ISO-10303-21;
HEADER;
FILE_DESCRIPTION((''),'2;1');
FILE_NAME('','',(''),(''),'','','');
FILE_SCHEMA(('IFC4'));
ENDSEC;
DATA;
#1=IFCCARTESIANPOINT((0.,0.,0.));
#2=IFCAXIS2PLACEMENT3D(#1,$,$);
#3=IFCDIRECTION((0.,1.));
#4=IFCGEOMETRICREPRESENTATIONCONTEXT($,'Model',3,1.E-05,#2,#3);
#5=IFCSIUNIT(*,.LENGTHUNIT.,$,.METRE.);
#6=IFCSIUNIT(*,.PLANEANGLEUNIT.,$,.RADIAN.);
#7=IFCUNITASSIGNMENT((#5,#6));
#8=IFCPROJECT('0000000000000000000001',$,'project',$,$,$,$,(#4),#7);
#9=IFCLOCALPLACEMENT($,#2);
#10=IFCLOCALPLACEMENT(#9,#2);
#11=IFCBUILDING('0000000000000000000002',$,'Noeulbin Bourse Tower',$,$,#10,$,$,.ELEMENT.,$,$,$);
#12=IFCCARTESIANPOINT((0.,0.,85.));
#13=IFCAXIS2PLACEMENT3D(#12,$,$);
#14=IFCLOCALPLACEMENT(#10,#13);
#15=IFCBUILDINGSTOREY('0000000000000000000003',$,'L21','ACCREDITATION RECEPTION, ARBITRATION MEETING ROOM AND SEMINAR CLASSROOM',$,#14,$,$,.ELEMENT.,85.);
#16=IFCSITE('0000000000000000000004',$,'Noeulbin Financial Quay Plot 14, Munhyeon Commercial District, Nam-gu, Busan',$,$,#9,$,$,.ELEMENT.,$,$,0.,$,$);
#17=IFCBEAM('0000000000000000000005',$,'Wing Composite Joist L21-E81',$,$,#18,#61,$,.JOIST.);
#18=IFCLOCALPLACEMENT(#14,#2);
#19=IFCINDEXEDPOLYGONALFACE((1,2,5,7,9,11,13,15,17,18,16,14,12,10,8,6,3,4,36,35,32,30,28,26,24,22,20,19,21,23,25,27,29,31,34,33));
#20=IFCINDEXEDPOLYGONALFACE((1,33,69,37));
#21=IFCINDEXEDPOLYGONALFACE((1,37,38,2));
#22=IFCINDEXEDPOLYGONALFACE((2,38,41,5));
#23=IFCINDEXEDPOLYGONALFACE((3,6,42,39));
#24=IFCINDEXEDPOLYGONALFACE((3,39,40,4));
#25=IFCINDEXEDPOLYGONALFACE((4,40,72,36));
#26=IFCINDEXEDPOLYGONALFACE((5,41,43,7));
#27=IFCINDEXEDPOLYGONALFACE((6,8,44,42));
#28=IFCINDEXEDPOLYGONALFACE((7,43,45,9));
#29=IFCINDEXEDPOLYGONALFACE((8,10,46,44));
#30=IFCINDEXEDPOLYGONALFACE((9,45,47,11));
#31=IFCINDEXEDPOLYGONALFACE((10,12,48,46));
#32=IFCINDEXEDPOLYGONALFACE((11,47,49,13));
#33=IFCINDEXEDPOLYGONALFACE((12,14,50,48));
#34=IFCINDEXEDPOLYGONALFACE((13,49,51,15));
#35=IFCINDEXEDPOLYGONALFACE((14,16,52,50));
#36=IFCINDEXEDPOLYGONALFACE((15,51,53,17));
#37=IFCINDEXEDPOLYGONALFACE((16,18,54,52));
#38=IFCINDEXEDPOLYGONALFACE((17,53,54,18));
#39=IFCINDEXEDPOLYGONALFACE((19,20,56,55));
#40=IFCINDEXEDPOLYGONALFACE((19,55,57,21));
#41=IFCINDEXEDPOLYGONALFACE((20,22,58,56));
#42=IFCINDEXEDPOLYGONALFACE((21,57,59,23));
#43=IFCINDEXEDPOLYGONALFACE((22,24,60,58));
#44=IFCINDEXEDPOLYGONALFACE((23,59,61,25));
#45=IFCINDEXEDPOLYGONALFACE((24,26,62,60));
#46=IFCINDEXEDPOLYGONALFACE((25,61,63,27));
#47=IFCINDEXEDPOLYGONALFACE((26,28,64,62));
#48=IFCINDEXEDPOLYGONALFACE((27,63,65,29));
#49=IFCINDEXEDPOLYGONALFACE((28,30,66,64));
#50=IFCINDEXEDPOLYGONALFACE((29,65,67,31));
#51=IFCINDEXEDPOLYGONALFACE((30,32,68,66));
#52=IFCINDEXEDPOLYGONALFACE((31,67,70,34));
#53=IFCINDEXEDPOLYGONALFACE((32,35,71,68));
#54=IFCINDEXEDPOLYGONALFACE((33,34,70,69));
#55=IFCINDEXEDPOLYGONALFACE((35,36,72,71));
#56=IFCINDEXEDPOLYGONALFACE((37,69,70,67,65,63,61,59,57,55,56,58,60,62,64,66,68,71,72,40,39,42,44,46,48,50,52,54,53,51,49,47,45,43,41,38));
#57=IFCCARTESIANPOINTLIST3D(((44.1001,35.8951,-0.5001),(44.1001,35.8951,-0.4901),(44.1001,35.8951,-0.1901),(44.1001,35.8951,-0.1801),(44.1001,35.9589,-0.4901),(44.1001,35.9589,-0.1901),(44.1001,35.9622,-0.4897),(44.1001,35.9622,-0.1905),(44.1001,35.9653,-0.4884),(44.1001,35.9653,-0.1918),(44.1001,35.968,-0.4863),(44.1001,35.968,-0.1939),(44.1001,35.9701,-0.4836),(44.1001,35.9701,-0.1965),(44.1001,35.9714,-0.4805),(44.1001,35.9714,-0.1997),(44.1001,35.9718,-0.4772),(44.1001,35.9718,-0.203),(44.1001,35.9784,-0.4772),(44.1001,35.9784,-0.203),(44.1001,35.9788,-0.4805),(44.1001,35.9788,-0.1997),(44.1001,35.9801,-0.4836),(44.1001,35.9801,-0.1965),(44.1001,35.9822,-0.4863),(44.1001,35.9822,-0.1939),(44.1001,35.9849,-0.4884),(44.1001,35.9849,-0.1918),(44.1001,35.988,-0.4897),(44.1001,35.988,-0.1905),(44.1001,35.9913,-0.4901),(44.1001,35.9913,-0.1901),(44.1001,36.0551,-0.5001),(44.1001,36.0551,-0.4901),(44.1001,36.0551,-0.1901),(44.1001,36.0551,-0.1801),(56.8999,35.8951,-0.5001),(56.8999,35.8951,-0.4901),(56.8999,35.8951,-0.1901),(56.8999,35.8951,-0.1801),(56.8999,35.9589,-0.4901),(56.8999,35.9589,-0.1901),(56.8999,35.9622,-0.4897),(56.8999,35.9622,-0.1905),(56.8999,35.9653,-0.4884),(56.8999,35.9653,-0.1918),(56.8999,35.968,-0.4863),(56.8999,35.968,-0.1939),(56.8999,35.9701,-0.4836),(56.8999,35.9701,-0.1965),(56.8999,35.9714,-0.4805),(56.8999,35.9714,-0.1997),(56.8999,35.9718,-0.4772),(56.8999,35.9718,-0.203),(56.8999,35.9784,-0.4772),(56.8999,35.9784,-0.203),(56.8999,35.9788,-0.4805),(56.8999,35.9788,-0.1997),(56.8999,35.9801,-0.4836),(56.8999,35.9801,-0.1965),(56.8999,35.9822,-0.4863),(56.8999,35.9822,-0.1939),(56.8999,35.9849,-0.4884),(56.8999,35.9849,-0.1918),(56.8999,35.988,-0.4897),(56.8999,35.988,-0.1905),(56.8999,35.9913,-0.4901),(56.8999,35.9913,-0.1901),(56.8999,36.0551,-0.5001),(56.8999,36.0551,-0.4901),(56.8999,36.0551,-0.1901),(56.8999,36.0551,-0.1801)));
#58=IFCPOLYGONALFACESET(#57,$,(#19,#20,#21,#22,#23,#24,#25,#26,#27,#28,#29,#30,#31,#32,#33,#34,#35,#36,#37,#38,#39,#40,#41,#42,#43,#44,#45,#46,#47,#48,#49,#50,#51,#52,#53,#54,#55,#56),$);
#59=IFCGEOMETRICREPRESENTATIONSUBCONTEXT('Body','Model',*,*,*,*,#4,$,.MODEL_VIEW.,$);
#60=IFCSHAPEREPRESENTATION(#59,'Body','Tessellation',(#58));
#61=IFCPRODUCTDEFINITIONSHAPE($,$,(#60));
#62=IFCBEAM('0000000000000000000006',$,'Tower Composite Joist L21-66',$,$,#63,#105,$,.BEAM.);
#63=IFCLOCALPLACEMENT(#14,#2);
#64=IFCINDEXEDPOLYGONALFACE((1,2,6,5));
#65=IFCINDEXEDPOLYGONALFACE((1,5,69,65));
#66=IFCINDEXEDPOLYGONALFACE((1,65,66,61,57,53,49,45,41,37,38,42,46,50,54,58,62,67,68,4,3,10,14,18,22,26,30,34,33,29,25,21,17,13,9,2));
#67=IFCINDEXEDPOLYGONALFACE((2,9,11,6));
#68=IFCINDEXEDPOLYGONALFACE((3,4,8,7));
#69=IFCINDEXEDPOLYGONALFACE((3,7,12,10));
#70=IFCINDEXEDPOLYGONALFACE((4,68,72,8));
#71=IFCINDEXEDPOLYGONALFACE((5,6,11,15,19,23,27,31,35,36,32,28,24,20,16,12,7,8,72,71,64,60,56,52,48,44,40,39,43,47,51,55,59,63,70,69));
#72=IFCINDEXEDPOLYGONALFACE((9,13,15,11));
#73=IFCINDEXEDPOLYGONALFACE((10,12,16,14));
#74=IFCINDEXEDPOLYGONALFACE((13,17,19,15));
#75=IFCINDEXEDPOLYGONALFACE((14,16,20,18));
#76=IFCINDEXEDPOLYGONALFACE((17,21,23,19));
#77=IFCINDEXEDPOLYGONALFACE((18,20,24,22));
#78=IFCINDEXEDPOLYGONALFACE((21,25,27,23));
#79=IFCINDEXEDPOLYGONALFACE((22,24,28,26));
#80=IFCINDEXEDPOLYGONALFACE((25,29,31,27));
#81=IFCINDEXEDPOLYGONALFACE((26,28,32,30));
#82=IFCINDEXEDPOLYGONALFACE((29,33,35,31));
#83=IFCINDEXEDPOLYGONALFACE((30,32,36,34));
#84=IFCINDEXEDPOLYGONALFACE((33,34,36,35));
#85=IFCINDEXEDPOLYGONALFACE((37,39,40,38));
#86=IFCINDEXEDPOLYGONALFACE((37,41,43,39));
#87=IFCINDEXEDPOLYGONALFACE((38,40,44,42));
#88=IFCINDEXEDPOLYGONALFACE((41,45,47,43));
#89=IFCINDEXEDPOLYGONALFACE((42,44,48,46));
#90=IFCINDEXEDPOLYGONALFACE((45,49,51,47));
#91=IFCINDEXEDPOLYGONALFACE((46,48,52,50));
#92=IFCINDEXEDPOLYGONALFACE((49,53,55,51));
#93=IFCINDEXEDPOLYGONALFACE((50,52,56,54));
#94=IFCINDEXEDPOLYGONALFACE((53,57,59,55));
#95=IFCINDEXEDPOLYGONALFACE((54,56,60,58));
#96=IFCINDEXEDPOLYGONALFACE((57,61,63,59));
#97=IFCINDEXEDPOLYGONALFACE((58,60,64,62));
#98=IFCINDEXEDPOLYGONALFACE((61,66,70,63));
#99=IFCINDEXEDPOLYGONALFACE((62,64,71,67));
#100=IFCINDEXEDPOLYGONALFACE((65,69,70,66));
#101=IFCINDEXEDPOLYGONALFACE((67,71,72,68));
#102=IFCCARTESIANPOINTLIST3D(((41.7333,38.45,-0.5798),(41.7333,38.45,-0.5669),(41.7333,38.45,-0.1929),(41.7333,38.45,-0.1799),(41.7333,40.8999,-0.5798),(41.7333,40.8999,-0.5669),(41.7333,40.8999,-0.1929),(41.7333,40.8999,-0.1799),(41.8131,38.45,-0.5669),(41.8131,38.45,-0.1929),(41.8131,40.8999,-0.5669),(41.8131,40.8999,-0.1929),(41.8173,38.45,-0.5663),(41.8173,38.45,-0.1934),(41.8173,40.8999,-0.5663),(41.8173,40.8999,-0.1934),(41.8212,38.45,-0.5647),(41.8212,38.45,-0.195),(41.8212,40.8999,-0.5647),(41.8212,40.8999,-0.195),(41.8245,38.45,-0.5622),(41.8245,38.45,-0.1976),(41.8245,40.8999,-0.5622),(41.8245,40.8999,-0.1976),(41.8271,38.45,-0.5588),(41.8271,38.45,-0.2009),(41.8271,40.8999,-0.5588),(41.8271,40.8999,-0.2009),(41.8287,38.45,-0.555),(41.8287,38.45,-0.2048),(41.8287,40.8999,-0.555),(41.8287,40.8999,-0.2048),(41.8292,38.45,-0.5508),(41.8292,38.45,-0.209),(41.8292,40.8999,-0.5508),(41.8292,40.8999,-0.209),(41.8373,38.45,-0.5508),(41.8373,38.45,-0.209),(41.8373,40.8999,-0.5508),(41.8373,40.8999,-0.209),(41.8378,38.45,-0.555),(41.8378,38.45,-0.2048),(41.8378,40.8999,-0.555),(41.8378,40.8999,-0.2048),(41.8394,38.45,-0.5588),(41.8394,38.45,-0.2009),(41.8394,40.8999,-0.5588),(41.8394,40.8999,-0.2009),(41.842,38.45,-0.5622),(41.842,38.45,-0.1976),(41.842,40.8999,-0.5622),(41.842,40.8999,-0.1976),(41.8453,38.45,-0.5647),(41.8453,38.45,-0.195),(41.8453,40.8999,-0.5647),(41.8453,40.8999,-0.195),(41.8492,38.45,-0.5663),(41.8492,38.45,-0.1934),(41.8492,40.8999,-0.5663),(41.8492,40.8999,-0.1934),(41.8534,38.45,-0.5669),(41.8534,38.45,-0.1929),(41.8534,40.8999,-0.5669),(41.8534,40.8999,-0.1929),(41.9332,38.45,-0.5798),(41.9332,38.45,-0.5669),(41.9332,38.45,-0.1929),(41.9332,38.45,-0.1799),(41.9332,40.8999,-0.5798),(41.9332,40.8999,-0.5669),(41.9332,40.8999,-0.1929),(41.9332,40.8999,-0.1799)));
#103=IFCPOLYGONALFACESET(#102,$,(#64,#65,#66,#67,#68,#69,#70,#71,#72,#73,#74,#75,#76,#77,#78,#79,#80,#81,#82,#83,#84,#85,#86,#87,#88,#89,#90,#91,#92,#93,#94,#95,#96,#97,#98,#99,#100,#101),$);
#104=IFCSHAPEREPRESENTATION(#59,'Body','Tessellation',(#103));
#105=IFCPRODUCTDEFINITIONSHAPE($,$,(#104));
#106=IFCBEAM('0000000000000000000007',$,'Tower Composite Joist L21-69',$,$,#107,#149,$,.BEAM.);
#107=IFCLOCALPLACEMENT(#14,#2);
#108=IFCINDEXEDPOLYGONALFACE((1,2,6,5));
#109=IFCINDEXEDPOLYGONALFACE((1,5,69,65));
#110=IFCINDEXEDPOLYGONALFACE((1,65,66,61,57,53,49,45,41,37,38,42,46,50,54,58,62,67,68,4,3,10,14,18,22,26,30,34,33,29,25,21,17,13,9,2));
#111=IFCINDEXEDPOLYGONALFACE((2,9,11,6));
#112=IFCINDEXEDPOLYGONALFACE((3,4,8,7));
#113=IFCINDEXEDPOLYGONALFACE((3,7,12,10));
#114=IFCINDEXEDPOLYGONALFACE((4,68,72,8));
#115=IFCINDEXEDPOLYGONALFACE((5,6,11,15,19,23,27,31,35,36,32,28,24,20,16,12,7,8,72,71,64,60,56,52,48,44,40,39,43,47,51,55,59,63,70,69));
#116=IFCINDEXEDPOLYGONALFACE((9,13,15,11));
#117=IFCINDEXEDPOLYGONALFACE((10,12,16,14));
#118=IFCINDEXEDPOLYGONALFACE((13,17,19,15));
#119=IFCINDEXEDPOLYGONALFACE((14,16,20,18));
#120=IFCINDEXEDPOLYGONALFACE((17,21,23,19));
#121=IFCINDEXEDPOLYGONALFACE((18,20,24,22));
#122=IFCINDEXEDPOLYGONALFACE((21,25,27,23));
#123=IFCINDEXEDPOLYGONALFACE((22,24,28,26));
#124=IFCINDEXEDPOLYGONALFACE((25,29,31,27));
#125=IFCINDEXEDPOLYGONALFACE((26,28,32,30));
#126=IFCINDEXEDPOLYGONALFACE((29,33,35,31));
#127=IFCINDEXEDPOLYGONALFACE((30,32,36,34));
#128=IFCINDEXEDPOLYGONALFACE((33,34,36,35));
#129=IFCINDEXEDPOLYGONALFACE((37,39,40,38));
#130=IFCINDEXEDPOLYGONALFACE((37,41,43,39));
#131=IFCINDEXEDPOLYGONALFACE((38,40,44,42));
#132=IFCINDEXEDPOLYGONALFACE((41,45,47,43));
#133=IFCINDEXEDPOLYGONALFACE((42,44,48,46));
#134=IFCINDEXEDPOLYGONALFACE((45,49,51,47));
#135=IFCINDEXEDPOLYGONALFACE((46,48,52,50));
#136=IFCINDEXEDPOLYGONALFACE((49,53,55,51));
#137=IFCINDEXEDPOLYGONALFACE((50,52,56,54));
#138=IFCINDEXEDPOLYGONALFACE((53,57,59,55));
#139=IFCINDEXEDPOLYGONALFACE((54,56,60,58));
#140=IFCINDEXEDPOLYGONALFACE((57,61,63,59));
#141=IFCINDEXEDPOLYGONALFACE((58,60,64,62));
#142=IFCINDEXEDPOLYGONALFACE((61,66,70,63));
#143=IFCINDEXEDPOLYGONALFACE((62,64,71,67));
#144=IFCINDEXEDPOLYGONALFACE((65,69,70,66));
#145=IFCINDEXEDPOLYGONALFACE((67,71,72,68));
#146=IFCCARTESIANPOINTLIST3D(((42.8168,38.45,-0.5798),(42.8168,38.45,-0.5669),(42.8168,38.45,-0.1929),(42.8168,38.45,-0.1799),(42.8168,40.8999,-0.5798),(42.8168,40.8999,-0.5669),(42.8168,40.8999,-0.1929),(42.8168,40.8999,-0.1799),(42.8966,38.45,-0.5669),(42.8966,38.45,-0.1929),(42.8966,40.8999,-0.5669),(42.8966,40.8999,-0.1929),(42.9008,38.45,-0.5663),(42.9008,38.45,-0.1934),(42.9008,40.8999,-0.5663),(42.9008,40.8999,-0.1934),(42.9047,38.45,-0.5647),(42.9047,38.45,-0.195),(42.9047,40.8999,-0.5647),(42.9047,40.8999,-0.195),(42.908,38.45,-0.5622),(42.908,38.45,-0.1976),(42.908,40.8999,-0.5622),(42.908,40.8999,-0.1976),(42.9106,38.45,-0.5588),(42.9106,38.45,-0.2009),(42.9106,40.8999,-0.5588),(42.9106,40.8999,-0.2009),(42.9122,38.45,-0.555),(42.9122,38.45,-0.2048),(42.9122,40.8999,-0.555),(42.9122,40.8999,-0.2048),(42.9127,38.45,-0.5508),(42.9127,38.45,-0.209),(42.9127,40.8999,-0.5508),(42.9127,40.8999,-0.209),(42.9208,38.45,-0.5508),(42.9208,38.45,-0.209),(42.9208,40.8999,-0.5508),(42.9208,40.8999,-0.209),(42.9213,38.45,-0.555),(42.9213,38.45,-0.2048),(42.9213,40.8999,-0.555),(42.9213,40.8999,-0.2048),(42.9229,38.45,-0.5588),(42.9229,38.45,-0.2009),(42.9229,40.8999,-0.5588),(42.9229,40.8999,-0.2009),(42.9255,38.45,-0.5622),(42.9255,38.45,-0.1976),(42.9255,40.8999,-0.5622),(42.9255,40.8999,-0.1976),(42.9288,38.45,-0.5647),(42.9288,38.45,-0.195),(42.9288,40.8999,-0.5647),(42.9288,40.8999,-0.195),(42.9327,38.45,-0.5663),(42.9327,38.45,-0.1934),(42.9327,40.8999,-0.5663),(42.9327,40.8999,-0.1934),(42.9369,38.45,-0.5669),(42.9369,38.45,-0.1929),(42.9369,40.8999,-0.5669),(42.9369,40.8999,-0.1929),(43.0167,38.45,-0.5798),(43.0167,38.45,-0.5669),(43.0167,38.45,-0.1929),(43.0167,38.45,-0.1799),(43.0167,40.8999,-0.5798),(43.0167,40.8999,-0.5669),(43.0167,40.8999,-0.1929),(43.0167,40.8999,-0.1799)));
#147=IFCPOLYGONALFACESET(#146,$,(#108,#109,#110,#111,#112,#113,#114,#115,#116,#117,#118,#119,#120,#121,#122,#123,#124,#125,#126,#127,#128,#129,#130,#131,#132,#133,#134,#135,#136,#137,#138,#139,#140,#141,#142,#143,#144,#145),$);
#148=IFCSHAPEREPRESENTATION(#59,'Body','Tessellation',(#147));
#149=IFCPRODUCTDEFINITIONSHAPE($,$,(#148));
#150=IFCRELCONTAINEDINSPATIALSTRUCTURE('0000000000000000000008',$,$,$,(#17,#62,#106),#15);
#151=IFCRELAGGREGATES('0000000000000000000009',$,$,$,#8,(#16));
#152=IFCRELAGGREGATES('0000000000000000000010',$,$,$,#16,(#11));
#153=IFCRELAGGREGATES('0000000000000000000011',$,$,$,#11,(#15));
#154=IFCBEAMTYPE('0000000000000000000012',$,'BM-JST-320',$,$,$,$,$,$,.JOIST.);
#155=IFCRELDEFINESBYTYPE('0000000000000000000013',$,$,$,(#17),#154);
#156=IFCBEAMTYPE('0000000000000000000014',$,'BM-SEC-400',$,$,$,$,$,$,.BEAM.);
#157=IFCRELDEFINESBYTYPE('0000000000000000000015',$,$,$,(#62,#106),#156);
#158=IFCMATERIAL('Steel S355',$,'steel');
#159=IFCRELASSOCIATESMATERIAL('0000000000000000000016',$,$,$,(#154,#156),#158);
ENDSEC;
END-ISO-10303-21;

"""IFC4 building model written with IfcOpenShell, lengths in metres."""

from ifc_helpers import new_model, si_unit, direction, frame, origin, origin_2d, place, context, subcontext, project, spatial, i_section, extrude, material, material_profile, profile_set, type_object, element, save


model = new_model("IFC4")

# Units and contexts
model_context = context("Model", 3, precision=1e-05, world=origin(), true_north=direction((0.0, 1.0)))
body_context = subcontext(model_context, "Body", "Model", "MODEL_VIEW")
ifc_project = project(units=[si_unit("LENGTHUNIT", "METRE"), si_unit("PLANEANGLEUNIT", "RADIAN")], contexts=[model_context])

# Site, building, storey
site_placement = place(None, origin())
site = spatial("IfcSite", under=ifc_project, at=site_placement, Name="Noeulbin Financial Quay Plot 14, Munhyeon Commercial District, Nam-gu, Busan", CompositionType="ELEMENT", RefElevation=0.0)
building_placement = place(site_placement, origin())
building = spatial("IfcBuilding", under=site, at=building_placement, Name="Noeulbin Bourse Tower", CompositionType="ELEMENT")
storey_placement = place(building_placement, frame((0.0, 0.0, 85.0)))
storey = spatial("IfcBuildingStorey", under=building, at=storey_placement, Name="L21", Description="ACCREDITATION RECEPTION, ARBITRATION MEETING ROOM AND SEMINAR CLASSROOM", CompositionType="ELEMENT", Elevation=85.0)

# Beams
ifc_material_1 = material(Name="Steel S355", Category="steel")
ifc_material_profile_1 = material_profile(ifc_material_1, i_section(OverallWidth=0.1599, OverallDepth=0.3201, WebThickness=0.0066, FlangeThickness=0.01, FilletRadius=0.0129, at=origin_2d()), Name="H-320x160x6.5x10", Category="LoadBearing")
ifc_profile_set_1 = profile_set([ifc_material_profile_1], Name="Steel S355")
beam_type_1 = type_object("IfcBeamType", Name="BM-JST-320", PredefinedType="JOIST", material=ifc_profile_set_1)
beam_1_placement = place(storey_placement, frame((44.1001, 35.9751, -0.3401), z_axis=(1.0, 0.0, 0.0), x_axis=(0.0, 1.0, 0.0)))
element("IfcBeam", 1, at=beam_1_placement, inside=storey, type_object=beam_type_1, Name="Wing Composite Joist L21-E81", PredefinedType="JOIST", context=body_context, shape_type="SweptSolid", body=[
    extrude(i_section(OverallWidth=0.1599, OverallDepth=0.3201, WebThickness=0.0066, FlangeThickness=0.01, FilletRadius=0.0129, at=origin_2d()), origin(), (0.0, 0.0, 1.0), 12.7998),
])
ifc_material_profile_2 = material_profile(ifc_material_1, i_section(OverallWidth=0.2, OverallDepth=0.3999, WebThickness=0.0081, FlangeThickness=0.0129, FilletRadius=0.0161, at=origin_2d()), Name="H-400x200x8x13", Category="LoadBearing")
ifc_profile_set_2 = profile_set([ifc_material_profile_2], Name="Steel S355")
beam_type_2 = type_object("IfcBeamType", Name="BM-SEC-400", PredefinedType="BEAM", material=ifc_profile_set_2)
for number, where, z_axis, x_axis, name in (
    (2, (41.8333, 38.45, -0.3799), (0.0, 1.0, 0.0), (-1.0, 0.0, 0.0), "Tower Composite Joist L21-66"),
    (3, (42.9167, 38.45, -0.3799), (0.0, 1.0, 0.0), (-1.0, 0.0, 0.0), "Tower Composite Joist L21-69"),
):
    element("IfcBeam", number, at=place(storey_placement, frame(where, z_axis=z_axis, x_axis=x_axis)), inside=storey, type_object=beam_type_2, Name=name, PredefinedType="BEAM", context=body_context, shape_type="SweptSolid", body=[
        extrude(i_section(OverallWidth=0.2, OverallDepth=0.3999, WebThickness=0.0081, FlangeThickness=0.0129, FilletRadius=0.0161, at=origin_2d()), origin(), (0.0, 0.0, 1.0), 2.45),
    ])

save(model, "model.ifc")
